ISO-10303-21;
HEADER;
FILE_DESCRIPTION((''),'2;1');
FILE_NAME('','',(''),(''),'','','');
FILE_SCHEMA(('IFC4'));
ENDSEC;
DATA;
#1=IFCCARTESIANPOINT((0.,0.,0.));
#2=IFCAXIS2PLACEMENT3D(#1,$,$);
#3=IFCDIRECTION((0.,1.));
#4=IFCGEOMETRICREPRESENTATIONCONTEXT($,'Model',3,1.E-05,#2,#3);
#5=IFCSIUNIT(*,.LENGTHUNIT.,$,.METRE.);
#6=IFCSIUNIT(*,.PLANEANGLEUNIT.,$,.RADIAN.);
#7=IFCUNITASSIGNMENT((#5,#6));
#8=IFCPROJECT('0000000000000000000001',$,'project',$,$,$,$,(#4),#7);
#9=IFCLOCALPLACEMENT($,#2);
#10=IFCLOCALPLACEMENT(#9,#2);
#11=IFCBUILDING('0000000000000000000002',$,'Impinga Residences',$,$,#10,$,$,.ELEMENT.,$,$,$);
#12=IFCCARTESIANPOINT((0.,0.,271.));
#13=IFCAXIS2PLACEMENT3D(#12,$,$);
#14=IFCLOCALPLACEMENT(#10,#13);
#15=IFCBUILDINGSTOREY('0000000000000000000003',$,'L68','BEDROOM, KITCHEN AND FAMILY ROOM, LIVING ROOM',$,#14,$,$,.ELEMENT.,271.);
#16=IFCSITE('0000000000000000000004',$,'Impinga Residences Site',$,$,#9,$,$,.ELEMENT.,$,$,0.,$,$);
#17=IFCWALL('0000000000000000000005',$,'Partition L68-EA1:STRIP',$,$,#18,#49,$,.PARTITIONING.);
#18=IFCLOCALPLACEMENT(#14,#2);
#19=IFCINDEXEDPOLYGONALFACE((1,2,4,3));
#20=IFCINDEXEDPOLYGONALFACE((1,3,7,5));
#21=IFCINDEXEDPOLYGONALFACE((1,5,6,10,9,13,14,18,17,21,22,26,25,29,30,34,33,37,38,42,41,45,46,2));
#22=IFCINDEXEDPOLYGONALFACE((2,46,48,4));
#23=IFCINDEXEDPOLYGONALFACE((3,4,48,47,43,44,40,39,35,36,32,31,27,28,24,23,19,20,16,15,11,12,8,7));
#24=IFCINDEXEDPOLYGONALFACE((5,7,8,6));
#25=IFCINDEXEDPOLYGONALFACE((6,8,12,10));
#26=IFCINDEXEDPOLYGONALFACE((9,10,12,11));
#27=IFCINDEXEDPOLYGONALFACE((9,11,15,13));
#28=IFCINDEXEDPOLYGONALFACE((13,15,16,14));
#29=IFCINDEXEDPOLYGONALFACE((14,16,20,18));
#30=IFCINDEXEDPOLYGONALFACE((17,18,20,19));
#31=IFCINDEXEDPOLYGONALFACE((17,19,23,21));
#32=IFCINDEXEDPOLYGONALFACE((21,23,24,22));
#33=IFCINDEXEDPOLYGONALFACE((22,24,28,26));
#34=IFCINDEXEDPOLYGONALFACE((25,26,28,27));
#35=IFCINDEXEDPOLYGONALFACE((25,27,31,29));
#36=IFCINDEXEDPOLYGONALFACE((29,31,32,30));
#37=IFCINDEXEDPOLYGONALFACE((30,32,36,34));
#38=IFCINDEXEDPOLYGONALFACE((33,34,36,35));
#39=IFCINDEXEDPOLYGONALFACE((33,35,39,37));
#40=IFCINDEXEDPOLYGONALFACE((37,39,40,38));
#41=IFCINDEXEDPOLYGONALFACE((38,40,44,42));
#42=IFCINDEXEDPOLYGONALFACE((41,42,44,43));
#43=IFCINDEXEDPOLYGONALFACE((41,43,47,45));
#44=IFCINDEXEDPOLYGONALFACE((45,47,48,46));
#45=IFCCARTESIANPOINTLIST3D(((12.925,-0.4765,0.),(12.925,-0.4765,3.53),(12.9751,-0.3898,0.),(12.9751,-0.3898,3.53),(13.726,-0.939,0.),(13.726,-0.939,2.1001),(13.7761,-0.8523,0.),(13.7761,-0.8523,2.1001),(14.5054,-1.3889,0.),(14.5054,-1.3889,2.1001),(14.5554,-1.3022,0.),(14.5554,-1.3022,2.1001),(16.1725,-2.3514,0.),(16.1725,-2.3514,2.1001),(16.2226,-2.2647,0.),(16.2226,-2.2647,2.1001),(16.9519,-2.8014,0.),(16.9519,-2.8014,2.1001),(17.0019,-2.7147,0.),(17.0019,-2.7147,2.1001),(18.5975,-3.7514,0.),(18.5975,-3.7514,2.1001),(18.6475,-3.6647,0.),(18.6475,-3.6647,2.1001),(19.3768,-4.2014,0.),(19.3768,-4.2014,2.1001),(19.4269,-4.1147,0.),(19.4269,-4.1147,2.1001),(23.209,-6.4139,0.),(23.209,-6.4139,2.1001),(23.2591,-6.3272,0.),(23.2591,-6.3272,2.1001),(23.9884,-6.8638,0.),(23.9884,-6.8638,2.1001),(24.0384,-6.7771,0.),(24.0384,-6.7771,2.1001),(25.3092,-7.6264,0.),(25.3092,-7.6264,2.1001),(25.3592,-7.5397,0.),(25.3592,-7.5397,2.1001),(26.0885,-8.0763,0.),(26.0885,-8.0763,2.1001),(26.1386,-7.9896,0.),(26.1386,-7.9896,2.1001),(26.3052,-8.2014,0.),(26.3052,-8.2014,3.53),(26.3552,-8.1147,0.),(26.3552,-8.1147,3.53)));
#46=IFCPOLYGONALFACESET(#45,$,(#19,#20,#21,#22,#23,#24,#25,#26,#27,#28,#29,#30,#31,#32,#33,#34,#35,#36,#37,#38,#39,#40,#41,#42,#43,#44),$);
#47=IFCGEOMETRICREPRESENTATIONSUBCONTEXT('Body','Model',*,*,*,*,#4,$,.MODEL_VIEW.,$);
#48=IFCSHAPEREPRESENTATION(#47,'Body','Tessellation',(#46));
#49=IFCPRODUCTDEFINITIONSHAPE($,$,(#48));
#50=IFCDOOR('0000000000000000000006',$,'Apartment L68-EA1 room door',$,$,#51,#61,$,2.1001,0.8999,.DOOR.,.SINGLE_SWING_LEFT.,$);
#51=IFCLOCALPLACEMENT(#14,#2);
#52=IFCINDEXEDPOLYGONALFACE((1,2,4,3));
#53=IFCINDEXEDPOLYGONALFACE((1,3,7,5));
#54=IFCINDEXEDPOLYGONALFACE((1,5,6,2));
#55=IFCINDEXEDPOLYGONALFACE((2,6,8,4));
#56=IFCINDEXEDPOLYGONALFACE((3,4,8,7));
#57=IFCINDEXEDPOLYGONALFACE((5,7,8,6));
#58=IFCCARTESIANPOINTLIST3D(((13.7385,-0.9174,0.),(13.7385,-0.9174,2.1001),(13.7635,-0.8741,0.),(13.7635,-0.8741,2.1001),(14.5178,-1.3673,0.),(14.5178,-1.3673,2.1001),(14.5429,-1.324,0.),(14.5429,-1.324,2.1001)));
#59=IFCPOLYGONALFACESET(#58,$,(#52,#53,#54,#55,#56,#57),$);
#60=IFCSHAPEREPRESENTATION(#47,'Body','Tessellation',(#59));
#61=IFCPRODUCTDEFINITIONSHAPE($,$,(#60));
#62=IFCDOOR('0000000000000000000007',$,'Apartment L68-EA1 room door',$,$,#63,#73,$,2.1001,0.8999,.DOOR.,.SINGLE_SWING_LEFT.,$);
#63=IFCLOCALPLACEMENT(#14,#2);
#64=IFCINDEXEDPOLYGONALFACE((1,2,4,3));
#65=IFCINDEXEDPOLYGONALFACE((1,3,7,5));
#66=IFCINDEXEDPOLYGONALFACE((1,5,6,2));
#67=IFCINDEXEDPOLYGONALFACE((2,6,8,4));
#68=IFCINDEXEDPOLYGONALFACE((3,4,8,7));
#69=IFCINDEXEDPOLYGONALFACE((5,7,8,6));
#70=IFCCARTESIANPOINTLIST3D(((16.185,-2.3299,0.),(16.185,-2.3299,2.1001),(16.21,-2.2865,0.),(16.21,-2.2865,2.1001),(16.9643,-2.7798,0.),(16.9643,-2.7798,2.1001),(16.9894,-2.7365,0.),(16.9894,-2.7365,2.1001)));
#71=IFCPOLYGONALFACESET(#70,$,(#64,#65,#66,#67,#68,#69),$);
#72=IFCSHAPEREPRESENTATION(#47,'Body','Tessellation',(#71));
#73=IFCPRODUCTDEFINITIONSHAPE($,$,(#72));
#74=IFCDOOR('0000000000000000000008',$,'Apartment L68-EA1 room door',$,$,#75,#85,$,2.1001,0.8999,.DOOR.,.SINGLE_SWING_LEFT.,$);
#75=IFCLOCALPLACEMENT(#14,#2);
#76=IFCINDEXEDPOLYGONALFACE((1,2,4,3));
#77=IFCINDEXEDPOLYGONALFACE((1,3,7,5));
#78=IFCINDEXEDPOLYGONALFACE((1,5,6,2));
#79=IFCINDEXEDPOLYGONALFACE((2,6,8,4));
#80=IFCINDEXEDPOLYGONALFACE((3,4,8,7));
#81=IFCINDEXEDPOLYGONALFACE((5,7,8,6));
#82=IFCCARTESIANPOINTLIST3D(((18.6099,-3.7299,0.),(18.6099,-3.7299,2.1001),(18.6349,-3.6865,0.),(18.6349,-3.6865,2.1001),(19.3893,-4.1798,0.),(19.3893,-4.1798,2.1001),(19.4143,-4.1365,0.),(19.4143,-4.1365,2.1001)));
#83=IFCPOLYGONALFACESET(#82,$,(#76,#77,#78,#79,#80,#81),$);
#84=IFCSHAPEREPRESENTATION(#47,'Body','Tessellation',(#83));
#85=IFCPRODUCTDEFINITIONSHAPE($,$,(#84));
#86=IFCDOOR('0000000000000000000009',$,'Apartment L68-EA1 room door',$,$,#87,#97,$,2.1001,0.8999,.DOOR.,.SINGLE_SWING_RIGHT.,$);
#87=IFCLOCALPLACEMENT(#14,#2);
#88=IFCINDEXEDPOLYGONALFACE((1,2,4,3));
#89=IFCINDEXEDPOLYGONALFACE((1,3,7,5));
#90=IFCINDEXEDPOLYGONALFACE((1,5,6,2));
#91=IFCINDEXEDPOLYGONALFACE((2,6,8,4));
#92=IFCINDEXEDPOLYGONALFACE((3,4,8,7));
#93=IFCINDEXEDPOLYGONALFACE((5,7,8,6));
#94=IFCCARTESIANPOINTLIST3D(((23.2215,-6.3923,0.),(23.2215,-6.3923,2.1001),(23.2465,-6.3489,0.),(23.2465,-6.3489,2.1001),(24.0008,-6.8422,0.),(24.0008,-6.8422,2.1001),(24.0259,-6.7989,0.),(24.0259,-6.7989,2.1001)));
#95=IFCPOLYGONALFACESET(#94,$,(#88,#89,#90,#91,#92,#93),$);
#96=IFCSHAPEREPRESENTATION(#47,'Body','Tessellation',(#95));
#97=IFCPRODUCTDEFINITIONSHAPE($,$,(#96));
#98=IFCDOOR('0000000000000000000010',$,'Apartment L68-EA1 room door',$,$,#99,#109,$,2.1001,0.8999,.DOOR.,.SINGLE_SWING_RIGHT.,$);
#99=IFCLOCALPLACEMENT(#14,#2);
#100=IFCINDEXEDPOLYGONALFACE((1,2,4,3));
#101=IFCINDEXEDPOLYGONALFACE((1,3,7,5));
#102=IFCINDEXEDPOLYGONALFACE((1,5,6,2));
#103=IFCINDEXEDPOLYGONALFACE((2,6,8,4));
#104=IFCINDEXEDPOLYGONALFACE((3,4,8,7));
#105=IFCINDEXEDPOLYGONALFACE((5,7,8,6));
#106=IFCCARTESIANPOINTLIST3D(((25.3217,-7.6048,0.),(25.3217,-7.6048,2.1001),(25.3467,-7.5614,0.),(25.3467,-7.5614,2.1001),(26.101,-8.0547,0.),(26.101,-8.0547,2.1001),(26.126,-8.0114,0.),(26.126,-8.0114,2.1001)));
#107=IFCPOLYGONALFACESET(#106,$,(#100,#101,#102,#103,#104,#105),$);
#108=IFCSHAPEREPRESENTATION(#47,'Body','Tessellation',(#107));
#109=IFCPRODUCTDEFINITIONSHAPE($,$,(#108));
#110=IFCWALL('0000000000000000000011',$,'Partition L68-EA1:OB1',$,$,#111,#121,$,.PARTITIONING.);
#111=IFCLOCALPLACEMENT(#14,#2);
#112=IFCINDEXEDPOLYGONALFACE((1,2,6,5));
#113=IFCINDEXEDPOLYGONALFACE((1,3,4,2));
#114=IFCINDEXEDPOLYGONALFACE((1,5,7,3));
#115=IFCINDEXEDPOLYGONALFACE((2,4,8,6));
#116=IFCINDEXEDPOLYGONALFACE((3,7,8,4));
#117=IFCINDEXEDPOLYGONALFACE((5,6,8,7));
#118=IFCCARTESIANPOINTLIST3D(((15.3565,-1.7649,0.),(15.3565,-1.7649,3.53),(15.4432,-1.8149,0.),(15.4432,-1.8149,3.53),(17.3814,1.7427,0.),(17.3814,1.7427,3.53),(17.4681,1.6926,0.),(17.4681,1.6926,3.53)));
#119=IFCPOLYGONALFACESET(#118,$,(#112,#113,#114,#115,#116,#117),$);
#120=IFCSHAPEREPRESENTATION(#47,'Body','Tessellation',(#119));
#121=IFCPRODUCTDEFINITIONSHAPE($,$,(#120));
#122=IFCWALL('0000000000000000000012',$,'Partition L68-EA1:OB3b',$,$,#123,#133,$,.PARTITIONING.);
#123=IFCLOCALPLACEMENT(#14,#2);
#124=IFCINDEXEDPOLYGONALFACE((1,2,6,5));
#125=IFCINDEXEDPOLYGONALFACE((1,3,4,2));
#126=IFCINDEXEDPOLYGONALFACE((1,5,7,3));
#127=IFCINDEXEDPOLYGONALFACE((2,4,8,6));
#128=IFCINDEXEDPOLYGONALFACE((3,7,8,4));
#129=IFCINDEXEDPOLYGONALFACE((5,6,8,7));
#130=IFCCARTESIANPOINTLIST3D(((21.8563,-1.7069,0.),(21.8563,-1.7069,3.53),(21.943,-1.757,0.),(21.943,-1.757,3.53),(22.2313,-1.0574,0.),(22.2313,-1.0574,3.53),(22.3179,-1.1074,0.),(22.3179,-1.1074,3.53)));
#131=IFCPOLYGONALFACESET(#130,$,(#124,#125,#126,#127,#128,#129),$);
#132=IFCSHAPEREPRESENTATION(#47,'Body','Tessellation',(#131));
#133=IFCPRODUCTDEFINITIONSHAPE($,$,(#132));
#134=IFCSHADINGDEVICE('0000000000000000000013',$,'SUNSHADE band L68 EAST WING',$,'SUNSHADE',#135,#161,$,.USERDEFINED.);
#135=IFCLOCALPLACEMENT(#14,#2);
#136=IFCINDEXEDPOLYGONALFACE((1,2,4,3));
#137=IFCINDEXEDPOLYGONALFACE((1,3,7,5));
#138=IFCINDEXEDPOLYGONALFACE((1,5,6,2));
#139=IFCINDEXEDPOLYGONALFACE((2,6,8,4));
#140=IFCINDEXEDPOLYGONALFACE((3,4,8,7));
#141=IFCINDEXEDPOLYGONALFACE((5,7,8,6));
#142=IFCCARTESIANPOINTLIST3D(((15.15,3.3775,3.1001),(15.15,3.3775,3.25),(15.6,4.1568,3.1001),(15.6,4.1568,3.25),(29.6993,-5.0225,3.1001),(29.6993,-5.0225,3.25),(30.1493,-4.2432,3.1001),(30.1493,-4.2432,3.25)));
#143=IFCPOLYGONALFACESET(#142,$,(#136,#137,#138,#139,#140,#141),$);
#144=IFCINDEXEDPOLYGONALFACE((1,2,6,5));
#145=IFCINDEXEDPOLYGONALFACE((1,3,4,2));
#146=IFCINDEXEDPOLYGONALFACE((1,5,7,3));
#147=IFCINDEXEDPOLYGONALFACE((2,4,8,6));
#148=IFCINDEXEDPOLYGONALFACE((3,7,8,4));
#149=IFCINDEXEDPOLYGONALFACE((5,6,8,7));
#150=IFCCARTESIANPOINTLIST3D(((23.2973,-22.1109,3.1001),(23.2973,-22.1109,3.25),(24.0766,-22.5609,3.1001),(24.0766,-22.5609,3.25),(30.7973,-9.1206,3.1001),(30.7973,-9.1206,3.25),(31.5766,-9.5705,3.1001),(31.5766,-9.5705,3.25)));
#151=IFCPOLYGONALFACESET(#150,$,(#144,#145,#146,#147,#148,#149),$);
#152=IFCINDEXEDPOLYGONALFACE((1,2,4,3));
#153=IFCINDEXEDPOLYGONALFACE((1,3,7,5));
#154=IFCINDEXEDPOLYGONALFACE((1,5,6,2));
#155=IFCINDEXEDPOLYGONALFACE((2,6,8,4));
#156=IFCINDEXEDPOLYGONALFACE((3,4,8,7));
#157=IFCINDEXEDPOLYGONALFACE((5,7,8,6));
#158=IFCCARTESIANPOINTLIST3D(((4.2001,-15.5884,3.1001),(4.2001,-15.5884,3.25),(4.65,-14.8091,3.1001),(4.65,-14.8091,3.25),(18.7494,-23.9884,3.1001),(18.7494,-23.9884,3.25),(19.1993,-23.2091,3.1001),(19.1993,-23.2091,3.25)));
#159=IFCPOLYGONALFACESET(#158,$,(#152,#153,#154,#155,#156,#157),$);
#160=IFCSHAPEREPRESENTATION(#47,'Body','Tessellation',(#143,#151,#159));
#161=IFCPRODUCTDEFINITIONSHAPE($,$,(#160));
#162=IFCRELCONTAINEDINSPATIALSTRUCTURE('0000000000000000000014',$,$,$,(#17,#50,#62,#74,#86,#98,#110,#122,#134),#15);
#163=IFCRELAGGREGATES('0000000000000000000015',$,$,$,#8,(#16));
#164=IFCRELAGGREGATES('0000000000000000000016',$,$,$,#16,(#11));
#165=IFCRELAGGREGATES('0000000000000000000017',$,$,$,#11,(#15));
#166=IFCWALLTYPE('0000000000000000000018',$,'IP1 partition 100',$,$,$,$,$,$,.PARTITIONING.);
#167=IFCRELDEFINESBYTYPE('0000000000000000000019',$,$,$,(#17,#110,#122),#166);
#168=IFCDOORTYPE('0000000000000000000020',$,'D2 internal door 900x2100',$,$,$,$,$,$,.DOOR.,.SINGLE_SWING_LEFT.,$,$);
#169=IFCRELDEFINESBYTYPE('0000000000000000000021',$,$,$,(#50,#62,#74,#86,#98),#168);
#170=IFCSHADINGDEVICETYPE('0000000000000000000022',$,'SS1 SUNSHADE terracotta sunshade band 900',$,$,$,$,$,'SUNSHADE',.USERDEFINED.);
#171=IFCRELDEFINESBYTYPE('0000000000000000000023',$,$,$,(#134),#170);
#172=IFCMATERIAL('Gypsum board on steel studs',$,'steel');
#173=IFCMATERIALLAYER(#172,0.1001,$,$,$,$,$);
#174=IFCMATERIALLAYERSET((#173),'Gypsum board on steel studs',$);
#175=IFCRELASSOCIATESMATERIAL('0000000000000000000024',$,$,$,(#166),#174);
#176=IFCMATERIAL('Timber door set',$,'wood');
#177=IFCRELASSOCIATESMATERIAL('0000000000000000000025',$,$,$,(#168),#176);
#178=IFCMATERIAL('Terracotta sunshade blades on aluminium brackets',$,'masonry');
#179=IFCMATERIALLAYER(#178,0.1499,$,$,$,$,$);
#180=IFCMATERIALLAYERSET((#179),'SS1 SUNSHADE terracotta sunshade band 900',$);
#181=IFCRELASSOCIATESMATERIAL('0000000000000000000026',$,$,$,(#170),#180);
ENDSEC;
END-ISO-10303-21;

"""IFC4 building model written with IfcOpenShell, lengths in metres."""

from ifc_helpers import new_model, si_unit, direction, frame, frame_2d, origin, origin_2d, place, context, subcontext, project, spatial, rectangle, extrude, material, layer, layer_set, type_object, element, fill, save


model = new_model("IFC4")

# Units and contexts
model_context = context("Model", 3, precision=1e-05, world=origin(), true_north=direction((0.0, 1.0)))
body_context = subcontext(model_context, "Body", "Model", "MODEL_VIEW")
ifc_project = project(units=[si_unit("LENGTHUNIT", "METRE"), si_unit("PLANEANGLEUNIT", "RADIAN")], contexts=[model_context])

# Site, building, storey
site_placement = place(None, origin())
site = spatial("IfcSite", under=ifc_project, at=site_placement, Name="Impinga Residences Site", CompositionType="ELEMENT", RefElevation=0.0)
building_placement = place(site_placement, origin())
building = spatial("IfcBuilding", under=site, at=building_placement, Name="Impinga Residences", CompositionType="ELEMENT")
storey_placement = place(building_placement, frame((0.0, 0.0, 271.0)))
storey = spatial("IfcBuildingStorey", under=building, at=storey_placement, Name="L68", Description="BEDROOM, KITCHEN AND FAMILY ROOM, LIVING ROOM", CompositionType="ELEMENT", Elevation=271.0)

# Wall, openings, doors
ifc_material_1 = material(Name="Gypsum board on steel studs", Category="steel")
ifc_layer_1 = layer(ifc_material_1, 0.1001)
ifc_layer_set_1 = layer_set([ifc_layer_1], Name="Gypsum board on steel studs")
wall_type_1 = type_object("IfcWallType", Name="IP1 partition 100", PredefinedType="PARTITIONING", material=ifc_layer_set_1)
wall_1_placement = place(storey_placement, frame((12.95, -0.4331, 0.0), z_axis=(0.0, 0.0, 1.0), x_axis=(0.86603, -0.499992, 0.0)))
wall_1 = element("IfcWall", 1, at=wall_1_placement, inside=storey, type_object=wall_type_1, Name="Partition L68-EA1:STRIP", PredefinedType="PARTITIONING", context=body_context, shape_type="SweptSolid", body=[
    extrude(rectangle(XDim=15.45, YDim=0.1001, at=frame_2d((7.7251, 0.0))), origin(), (0.0, 0.0, 1.0), 3.53),
])
opening_1_placement = place(wall_1_placement, frame((0.925, 0.0, 0.0)))
opening_1 = element("IfcOpeningElement", 2, at=opening_1_placement, cuts=wall_1, PredefinedType="OPENING", context=body_context, shape_type="SweptSolid", body=[
    extrude(rectangle(XDim=0.8999, YDim=2.1001, at=frame_2d((0.45, 1.05))), frame((0.0, 0.0601, 0.0), z_axis=(0.0, -1.0, 0.0), x_axis=(1.0, 0.0, 0.0)), (0.0, 0.0, 1.0), 0.1201),
])
opening_2_placement = place(wall_1_placement, frame((3.75, 0.0, 0.0)))
opening_2 = element("IfcOpeningElement", 3, at=opening_2_placement, cuts=wall_1, PredefinedType="OPENING", context=body_context, shape_type="SweptSolid", body=[
    extrude(rectangle(XDim=0.8999, YDim=2.1001, at=frame_2d((0.45, 1.05))), frame((0.0, 0.0601, 0.0), z_axis=(0.0, -1.0, 0.0), x_axis=(1.0, 0.0, 0.0)), (0.0, 0.0, 1.0), 0.1201),
])
opening_3_placement = place(wall_1_placement, frame((6.55, 0.0, 0.0)))
opening_3 = element("IfcOpeningElement", 4, at=opening_3_placement, cuts=wall_1, PredefinedType="OPENING", context=body_context, shape_type="SweptSolid", body=[
    extrude(rectangle(XDim=0.8999, YDim=2.1001, at=frame_2d((0.45, 1.05))), frame((0.0, 0.0601, 0.0), z_axis=(0.0, -1.0, 0.0), x_axis=(1.0, 0.0, 0.0)), (0.0, 0.0, 1.0), 0.1201),
])
opening_4_placement = place(wall_1_placement, frame((11.875, 0.0, 0.0)))
opening_4 = element("IfcOpeningElement", 5, at=opening_4_placement, cuts=wall_1, PredefinedType="OPENING", context=body_context, shape_type="SweptSolid", body=[
    extrude(rectangle(XDim=0.8999, YDim=2.1001, at=frame_2d((0.45, 1.05))), frame((0.0, 0.0601, 0.0), z_axis=(0.0, -1.0, 0.0), x_axis=(1.0, 0.0, 0.0)), (0.0, 0.0, 1.0), 0.1201),
])
opening_5_placement = place(wall_1_placement, frame((14.3, 0.0, 0.0)))
opening_5 = element("IfcOpeningElement", 6, at=opening_5_placement, cuts=wall_1, PredefinedType="OPENING", context=body_context, shape_type="SweptSolid", body=[
    extrude(rectangle(XDim=0.8999, YDim=2.1001, at=frame_2d((0.45, 1.05))), frame((0.0, 0.0601, 0.0), z_axis=(0.0, -1.0, 0.0), x_axis=(1.0, 0.0, 0.0)), (0.0, 0.0, 1.0), 0.1201),
])
ifc_material_2 = material(Name="Timber door set", Category="wood")
door_type = type_object("IfcDoorType", Name="D2 internal door 900x2100", OperationType="SINGLE_SWING_LEFT", PredefinedType="DOOR", material=ifc_material_2)
door_1_placement = place(opening_1_placement, origin())
door_1 = element("IfcDoor", 7, at=door_1_placement, inside=storey, type_object=door_type, Name="Apartment L68-EA1 room door", OperationType="SINGLE_SWING_LEFT", OverallHeight=2.1001, OverallWidth=0.8999, PredefinedType="DOOR", context=body_context, shape_type="SweptSolid", body=[
    extrude(rectangle(XDim=0.8999, YDim=2.1001, at=frame_2d((0.45, 1.05))), frame((0.0, 0.0249, 0.0), z_axis=(0.0, -1.0, 0.0), x_axis=(1.0, 0.0, 0.0)), (0.0, 0.0, 1.0), 0.05),
])
fill(opening_1, door_1)
door_2_placement = place(opening_2_placement, origin())
door_2 = element("IfcDoor", 8, at=door_2_placement, inside=storey, type_object=door_type, Name="Apartment L68-EA1 room door", OperationType="SINGLE_SWING_LEFT", OverallHeight=2.1001, OverallWidth=0.8999, PredefinedType="DOOR", context=body_context, shape_type="SweptSolid", body=[
    extrude(rectangle(XDim=0.8999, YDim=2.1001, at=frame_2d((0.45, 1.05))), frame((0.0, 0.0249, 0.0), z_axis=(0.0, -1.0, 0.0), x_axis=(1.0, 0.0, 0.0)), (0.0, 0.0, 1.0), 0.05),
])
fill(opening_2, door_2)
door_3_placement = place(opening_3_placement, origin())
door_3 = element("IfcDoor", 9, at=door_3_placement, inside=storey, type_object=door_type, Name="Apartment L68-EA1 room door", OperationType="SINGLE_SWING_LEFT", OverallHeight=2.1001, OverallWidth=0.8999, PredefinedType="DOOR", context=body_context, shape_type="SweptSolid", body=[
    extrude(rectangle(XDim=0.8999, YDim=2.1001, at=frame_2d((0.45, 1.05))), frame((0.0, 0.0249, 0.0), z_axis=(0.0, -1.0, 0.0), x_axis=(1.0, 0.0, 0.0)), (0.0, 0.0, 1.0), 0.05),
])
fill(opening_3, door_3)
door_4_placement = place(opening_4_placement, origin())
door_4 = element("IfcDoor", 10, at=door_4_placement, inside=storey, type_object=door_type, Name="Apartment L68-EA1 room door", OperationType="SINGLE_SWING_RIGHT", OverallHeight=2.1001, OverallWidth=0.8999, PredefinedType="DOOR", context=body_context, shape_type="SweptSolid", body=[
    extrude(rectangle(XDim=0.8999, YDim=2.1001, at=frame_2d((0.45, 1.05))), frame((0.0, 0.0249, 0.0), z_axis=(0.0, -1.0, 0.0), x_axis=(1.0, 0.0, 0.0)), (0.0, 0.0, 1.0), 0.05),
])
fill(opening_4, door_4)
door_5_placement = place(opening_5_placement, origin())
door_5 = element("IfcDoor", 11, at=door_5_placement, inside=storey, type_object=door_type, Name="Apartment L68-EA1 room door", OperationType="SINGLE_SWING_RIGHT", OverallHeight=2.1001, OverallWidth=0.8999, PredefinedType="DOOR", context=body_context, shape_type="SweptSolid", body=[
    extrude(rectangle(XDim=0.8999, YDim=2.1001, at=frame_2d((0.45, 1.05))), frame((0.0, 0.0249, 0.0), z_axis=(0.0, -1.0, 0.0), x_axis=(1.0, 0.0, 0.0)), (0.0, 0.0, 1.0), 0.05),
])
fill(opening_5, door_5)

# Walls
wall_2_placement = place(storey_placement, frame((15.3999, -1.7898, 0.0), z_axis=(0.0, 0.0, 1.0), x_axis=(0.499964, 0.866046, 0.0)))
element("IfcWall", 12, at=wall_2_placement, inside=storey, type_object=wall_type_1, Name="Partition L68-EA1:OB1", PredefinedType="PARTITIONING", context=body_context, shape_type="SweptSolid", body=[
    extrude(rectangle(XDim=4.05, YDim=0.1001, at=frame_2d((2.0249, 0.0))), origin(), (0.0, 0.0, 1.0), 3.53),
])
wall_3_placement = place(storey_placement, frame((21.8997, -1.7319, 0.0), z_axis=(0.0, 0.0, 1.0), x_axis=(0.49992, 0.866072, 0.0)))
element("IfcWall", 13, at=wall_3_placement, inside=storey, type_object=wall_type_1, Name="Partition L68-EA1:OB3b", PredefinedType="PARTITIONING", context=body_context, shape_type="SweptSolid", body=[
    extrude(rectangle(XDim=0.75, YDim=0.1001, at=frame_2d((0.375, 0.0))), origin(), (0.0, 0.0, 1.0), 3.53),
])

# Shading device
ifc_material_3 = material(Name="Terracotta sunshade blades on aluminium brackets", Category="masonry")
ifc_layer_2 = layer(ifc_material_3, 0.1499)
ifc_layer_set_2 = layer_set([ifc_layer_2], Name="SS1 SUNSHADE terracotta sunshade band 900")
shading_device_type = type_object("IfcShadingDeviceType", Name="SS1 SUNSHADE terracotta sunshade band 900", ElementType="SUNSHADE", PredefinedType="USERDEFINED", material=ifc_layer_set_2)
shading_device_placement = place(storey_placement, frame((22.6497, -0.4329, 3.1001), z_axis=(0.0, 0.0, 1.0), x_axis=(0.866025, -0.5, 0.0)))
element("IfcShadingDevice", 14, at=shading_device_placement, inside=storey, type_object=shading_device_type, Name="SUNSHADE band L68 EAST WING", ObjectType="SUNSHADE", PredefinedType="USERDEFINED", context=body_context, shape_type="SweptSolid", body=[
    extrude(rectangle(XDim=16.8, YDim=0.8999, at=origin_2d()), origin(), (0.0, 0.0, 1.0), 0.1499),
    extrude(rectangle(XDim=15.0, YDim=0.8999, at=origin_2d()), frame((11.8499, -10.95, 0.0), z_axis=(0.0, 0.0, 1.0), x_axis=(0.0, -1.0, 0.0)), (0.0, 0.0, 1.0), 0.1499),
    extrude(rectangle(XDim=16.8, YDim=0.8999, at=origin_2d()), frame((0.0, -21.8999, 0.0), z_axis=(0.0, 0.0, 1.0), x_axis=(-1.0, 0.0, 0.0)), (0.0, 0.0, 1.0), 0.1499),
])

save(model, "model.ifc")
